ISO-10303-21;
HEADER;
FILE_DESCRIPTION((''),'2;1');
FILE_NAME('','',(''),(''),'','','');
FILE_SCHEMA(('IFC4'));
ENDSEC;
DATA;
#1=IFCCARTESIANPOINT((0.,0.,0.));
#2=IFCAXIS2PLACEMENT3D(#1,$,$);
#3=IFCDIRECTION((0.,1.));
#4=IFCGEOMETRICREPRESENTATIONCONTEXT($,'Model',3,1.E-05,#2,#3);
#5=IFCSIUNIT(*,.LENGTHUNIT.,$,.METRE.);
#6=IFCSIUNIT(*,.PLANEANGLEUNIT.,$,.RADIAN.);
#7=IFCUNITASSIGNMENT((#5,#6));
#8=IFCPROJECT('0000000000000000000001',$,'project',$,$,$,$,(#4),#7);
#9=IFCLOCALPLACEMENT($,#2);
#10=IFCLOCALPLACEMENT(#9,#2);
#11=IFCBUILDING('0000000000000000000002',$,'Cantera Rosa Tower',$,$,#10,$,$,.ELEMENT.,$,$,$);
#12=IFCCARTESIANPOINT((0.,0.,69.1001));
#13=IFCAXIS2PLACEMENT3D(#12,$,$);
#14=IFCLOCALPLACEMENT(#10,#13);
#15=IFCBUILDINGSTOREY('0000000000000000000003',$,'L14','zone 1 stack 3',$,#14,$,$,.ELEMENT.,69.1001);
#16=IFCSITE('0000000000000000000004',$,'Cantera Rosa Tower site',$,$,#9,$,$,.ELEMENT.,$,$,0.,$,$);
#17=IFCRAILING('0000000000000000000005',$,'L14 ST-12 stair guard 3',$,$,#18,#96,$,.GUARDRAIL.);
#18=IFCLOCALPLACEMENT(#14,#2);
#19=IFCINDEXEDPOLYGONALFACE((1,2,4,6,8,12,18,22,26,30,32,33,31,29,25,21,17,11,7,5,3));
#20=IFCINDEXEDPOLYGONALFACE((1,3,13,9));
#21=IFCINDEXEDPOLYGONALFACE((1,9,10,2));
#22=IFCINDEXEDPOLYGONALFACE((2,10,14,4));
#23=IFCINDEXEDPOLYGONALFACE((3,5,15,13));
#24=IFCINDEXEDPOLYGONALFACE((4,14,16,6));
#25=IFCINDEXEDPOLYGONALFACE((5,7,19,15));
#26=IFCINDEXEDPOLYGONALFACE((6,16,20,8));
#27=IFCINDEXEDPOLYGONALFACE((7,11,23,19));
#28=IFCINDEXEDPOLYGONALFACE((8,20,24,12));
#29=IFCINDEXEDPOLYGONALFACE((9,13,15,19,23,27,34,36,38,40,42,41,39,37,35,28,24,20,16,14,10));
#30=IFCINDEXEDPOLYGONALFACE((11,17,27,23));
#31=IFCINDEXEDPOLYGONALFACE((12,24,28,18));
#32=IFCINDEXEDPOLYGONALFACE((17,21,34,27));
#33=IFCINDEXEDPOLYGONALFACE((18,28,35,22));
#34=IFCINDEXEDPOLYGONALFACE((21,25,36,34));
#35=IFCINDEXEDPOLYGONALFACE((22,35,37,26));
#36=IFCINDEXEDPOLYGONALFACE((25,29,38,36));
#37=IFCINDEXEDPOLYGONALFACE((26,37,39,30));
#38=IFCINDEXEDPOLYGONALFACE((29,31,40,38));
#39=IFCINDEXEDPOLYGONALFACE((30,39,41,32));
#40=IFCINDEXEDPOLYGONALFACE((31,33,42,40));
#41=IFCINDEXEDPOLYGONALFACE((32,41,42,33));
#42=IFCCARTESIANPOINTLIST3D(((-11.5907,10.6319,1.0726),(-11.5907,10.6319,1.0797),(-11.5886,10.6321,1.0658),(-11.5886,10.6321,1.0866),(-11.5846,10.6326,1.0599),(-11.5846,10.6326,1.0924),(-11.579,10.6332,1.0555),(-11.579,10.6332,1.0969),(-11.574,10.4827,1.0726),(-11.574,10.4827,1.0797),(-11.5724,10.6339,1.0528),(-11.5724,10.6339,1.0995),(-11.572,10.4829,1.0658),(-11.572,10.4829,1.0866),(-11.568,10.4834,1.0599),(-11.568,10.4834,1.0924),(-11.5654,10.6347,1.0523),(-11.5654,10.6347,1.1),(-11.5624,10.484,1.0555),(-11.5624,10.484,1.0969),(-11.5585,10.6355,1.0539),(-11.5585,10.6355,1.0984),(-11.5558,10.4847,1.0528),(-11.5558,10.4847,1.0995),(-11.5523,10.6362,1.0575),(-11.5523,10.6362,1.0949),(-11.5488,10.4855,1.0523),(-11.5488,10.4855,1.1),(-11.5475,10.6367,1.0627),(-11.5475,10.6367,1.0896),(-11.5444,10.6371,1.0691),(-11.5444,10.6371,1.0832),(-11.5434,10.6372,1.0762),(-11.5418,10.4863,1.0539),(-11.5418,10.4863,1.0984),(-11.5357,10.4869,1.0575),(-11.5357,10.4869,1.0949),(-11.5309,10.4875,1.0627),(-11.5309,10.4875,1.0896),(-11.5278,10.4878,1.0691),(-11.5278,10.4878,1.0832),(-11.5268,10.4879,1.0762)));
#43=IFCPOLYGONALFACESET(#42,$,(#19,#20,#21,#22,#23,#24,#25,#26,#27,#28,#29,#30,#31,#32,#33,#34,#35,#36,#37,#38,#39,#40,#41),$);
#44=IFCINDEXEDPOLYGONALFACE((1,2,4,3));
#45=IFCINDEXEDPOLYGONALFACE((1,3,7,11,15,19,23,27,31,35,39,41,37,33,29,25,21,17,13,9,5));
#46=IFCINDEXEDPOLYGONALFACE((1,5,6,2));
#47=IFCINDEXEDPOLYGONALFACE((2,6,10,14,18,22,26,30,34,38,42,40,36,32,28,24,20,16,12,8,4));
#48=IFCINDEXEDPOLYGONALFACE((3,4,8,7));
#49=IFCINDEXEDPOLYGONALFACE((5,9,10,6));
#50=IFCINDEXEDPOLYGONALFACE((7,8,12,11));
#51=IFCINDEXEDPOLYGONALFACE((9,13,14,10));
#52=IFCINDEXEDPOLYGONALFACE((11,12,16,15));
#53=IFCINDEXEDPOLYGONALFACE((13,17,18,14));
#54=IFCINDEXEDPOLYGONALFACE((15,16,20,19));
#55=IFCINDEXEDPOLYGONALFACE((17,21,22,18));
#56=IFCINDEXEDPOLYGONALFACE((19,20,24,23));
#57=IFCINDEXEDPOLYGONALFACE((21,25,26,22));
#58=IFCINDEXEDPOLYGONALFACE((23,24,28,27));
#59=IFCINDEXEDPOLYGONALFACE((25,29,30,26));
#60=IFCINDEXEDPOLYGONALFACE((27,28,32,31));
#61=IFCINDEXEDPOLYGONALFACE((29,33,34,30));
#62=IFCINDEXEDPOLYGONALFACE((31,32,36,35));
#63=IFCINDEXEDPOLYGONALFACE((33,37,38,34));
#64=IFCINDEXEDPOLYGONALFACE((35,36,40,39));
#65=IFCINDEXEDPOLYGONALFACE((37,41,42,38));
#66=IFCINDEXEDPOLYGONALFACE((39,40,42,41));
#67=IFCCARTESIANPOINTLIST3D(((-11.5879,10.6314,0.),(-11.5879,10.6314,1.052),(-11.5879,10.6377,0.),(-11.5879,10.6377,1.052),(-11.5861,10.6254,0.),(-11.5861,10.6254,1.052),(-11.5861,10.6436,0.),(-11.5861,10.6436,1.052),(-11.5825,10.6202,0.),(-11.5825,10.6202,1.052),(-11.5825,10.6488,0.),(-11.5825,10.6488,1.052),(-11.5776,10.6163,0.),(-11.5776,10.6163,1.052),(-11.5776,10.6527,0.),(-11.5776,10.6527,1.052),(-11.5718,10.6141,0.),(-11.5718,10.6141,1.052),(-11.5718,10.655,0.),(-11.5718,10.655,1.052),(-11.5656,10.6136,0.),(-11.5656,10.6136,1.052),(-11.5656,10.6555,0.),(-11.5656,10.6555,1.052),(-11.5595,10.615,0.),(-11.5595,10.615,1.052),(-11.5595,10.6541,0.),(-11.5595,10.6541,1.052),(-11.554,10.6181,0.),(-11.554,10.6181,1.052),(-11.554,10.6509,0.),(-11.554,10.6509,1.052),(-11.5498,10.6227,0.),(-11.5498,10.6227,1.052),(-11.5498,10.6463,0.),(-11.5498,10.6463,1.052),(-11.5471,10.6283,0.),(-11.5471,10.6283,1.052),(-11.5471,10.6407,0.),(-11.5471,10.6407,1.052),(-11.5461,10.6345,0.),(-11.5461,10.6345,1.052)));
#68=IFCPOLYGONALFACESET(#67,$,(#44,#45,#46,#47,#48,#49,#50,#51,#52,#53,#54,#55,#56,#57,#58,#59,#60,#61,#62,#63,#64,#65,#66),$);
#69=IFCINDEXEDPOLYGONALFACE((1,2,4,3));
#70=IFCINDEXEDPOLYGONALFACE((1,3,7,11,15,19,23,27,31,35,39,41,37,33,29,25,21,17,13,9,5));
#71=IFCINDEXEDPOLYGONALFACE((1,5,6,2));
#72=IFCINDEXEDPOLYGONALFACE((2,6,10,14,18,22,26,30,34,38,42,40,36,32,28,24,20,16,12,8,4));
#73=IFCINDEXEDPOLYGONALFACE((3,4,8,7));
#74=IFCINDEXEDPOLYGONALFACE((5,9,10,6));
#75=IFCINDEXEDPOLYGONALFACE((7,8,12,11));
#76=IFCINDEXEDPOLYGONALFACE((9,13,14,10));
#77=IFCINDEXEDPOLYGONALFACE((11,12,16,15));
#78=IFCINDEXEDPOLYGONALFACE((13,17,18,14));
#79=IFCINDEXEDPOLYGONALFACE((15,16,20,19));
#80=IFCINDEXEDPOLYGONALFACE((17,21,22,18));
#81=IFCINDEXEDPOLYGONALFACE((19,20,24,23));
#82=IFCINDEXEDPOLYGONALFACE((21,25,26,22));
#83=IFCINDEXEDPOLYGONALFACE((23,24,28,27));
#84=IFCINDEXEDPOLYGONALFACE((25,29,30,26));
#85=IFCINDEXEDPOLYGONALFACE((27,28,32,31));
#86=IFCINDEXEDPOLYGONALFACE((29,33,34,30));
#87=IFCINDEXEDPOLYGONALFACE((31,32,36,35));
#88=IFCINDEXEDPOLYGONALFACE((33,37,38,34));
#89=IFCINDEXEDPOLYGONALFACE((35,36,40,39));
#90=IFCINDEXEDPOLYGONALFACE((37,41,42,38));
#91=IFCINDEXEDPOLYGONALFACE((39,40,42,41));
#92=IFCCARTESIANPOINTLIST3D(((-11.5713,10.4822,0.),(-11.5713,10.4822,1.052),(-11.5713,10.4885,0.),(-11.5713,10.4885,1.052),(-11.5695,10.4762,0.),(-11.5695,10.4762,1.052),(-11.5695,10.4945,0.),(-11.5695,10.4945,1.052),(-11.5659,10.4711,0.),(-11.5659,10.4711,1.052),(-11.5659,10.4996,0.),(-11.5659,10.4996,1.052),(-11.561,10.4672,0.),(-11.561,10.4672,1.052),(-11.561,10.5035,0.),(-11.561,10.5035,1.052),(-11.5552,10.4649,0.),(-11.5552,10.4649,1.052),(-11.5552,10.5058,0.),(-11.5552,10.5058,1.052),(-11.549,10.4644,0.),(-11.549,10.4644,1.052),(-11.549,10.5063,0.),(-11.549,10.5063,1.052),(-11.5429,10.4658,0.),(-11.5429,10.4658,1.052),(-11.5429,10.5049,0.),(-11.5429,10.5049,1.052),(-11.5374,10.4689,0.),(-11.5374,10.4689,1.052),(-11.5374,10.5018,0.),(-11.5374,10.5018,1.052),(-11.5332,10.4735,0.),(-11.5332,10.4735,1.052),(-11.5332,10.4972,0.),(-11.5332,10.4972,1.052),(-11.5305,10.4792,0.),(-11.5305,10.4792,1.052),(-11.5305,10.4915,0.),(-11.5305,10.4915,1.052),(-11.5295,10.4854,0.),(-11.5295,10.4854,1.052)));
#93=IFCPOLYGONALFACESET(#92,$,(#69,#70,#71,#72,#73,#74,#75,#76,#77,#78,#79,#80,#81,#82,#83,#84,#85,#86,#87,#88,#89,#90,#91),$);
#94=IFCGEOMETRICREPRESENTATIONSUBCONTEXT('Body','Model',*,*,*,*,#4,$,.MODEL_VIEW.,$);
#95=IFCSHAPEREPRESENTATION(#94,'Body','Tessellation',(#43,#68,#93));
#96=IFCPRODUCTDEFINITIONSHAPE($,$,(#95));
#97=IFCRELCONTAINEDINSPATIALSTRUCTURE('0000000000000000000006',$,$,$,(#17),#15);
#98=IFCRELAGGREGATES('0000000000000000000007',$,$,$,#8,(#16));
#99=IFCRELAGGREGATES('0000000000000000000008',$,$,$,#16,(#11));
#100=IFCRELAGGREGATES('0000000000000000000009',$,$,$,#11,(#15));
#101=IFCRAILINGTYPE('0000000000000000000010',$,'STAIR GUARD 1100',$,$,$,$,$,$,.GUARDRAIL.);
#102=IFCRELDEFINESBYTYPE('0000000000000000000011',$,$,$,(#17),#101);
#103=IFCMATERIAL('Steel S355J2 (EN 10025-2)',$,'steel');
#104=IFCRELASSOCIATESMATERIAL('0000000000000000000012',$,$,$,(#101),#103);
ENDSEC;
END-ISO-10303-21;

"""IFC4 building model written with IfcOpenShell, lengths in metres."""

from ifc_helpers import new_model, si_unit, direction, frame, origin, origin_2d, place, context, subcontext, project, spatial, circle, extrude, material, type_object, element, save


model = new_model("IFC4")

# Units and contexts
model_context = context("Model", 3, precision=1e-05, world=origin(), true_north=direction((0.0, 1.0)))
body_context = subcontext(model_context, "Body", "Model", "MODEL_VIEW")
ifc_project = project(units=[si_unit("LENGTHUNIT", "METRE"), si_unit("PLANEANGLEUNIT", "RADIAN")], contexts=[model_context])

# Site, building, storey
site_placement = place(None, origin())
site = spatial("IfcSite", under=ifc_project, at=site_placement, Name="Cantera Rosa Tower site", CompositionType="ELEMENT", RefElevation=0.0)
building_placement = place(site_placement, origin())
building = spatial("IfcBuilding", under=site, at=building_placement, Name="Cantera Rosa Tower", CompositionType="ELEMENT")
storey_placement = place(building_placement, frame((0.0, 0.0, 69.1001)))
storey = spatial("IfcBuildingStorey", under=building, at=storey_placement, Name="L14", Description="zone 1 stack 3", CompositionType="ELEMENT", Elevation=69.1001)

# Railing
ifc_material_1 = material(Name="Steel S355J2 (EN 10025-2)", Category="steel")
railing_type_1 = type_object("IfcRailingType", Name="STAIR GUARD 1100", PredefinedType="GUARDRAIL", material=ifc_material_1)
railing_1_placement = place(storey_placement, frame((-11.5671, 10.6345, 0.0)))
element("IfcRailing", 1, at=railing_1_placement, inside=storey, type_object=railing_type_1, Name="L14 ST-12 stair guard 3", PredefinedType="GUARDRAIL", context=body_context, shape_type="SweptSolid", body=[
    extrude(circle(Radius=0.0239, at=origin_2d()), frame((0.0, 0.0, 1.0762), z_axis=(0.11061, -0.993864, 0.0), x_axis=(0.993864, 0.11061, 0.0)), (0.0, 0.0, 1.0), 0.1501),
    extrude(circle(Radius=0.021, at=origin_2d()), origin(), (0.0, 0.0, 1.0), 1.052),
    extrude(circle(Radius=0.021, at=origin_2d()), frame((0.0166, -0.1492, 0.0)), (0.0, 0.0, 1.0), 1.052),
])

save(model, "model.ifc")
